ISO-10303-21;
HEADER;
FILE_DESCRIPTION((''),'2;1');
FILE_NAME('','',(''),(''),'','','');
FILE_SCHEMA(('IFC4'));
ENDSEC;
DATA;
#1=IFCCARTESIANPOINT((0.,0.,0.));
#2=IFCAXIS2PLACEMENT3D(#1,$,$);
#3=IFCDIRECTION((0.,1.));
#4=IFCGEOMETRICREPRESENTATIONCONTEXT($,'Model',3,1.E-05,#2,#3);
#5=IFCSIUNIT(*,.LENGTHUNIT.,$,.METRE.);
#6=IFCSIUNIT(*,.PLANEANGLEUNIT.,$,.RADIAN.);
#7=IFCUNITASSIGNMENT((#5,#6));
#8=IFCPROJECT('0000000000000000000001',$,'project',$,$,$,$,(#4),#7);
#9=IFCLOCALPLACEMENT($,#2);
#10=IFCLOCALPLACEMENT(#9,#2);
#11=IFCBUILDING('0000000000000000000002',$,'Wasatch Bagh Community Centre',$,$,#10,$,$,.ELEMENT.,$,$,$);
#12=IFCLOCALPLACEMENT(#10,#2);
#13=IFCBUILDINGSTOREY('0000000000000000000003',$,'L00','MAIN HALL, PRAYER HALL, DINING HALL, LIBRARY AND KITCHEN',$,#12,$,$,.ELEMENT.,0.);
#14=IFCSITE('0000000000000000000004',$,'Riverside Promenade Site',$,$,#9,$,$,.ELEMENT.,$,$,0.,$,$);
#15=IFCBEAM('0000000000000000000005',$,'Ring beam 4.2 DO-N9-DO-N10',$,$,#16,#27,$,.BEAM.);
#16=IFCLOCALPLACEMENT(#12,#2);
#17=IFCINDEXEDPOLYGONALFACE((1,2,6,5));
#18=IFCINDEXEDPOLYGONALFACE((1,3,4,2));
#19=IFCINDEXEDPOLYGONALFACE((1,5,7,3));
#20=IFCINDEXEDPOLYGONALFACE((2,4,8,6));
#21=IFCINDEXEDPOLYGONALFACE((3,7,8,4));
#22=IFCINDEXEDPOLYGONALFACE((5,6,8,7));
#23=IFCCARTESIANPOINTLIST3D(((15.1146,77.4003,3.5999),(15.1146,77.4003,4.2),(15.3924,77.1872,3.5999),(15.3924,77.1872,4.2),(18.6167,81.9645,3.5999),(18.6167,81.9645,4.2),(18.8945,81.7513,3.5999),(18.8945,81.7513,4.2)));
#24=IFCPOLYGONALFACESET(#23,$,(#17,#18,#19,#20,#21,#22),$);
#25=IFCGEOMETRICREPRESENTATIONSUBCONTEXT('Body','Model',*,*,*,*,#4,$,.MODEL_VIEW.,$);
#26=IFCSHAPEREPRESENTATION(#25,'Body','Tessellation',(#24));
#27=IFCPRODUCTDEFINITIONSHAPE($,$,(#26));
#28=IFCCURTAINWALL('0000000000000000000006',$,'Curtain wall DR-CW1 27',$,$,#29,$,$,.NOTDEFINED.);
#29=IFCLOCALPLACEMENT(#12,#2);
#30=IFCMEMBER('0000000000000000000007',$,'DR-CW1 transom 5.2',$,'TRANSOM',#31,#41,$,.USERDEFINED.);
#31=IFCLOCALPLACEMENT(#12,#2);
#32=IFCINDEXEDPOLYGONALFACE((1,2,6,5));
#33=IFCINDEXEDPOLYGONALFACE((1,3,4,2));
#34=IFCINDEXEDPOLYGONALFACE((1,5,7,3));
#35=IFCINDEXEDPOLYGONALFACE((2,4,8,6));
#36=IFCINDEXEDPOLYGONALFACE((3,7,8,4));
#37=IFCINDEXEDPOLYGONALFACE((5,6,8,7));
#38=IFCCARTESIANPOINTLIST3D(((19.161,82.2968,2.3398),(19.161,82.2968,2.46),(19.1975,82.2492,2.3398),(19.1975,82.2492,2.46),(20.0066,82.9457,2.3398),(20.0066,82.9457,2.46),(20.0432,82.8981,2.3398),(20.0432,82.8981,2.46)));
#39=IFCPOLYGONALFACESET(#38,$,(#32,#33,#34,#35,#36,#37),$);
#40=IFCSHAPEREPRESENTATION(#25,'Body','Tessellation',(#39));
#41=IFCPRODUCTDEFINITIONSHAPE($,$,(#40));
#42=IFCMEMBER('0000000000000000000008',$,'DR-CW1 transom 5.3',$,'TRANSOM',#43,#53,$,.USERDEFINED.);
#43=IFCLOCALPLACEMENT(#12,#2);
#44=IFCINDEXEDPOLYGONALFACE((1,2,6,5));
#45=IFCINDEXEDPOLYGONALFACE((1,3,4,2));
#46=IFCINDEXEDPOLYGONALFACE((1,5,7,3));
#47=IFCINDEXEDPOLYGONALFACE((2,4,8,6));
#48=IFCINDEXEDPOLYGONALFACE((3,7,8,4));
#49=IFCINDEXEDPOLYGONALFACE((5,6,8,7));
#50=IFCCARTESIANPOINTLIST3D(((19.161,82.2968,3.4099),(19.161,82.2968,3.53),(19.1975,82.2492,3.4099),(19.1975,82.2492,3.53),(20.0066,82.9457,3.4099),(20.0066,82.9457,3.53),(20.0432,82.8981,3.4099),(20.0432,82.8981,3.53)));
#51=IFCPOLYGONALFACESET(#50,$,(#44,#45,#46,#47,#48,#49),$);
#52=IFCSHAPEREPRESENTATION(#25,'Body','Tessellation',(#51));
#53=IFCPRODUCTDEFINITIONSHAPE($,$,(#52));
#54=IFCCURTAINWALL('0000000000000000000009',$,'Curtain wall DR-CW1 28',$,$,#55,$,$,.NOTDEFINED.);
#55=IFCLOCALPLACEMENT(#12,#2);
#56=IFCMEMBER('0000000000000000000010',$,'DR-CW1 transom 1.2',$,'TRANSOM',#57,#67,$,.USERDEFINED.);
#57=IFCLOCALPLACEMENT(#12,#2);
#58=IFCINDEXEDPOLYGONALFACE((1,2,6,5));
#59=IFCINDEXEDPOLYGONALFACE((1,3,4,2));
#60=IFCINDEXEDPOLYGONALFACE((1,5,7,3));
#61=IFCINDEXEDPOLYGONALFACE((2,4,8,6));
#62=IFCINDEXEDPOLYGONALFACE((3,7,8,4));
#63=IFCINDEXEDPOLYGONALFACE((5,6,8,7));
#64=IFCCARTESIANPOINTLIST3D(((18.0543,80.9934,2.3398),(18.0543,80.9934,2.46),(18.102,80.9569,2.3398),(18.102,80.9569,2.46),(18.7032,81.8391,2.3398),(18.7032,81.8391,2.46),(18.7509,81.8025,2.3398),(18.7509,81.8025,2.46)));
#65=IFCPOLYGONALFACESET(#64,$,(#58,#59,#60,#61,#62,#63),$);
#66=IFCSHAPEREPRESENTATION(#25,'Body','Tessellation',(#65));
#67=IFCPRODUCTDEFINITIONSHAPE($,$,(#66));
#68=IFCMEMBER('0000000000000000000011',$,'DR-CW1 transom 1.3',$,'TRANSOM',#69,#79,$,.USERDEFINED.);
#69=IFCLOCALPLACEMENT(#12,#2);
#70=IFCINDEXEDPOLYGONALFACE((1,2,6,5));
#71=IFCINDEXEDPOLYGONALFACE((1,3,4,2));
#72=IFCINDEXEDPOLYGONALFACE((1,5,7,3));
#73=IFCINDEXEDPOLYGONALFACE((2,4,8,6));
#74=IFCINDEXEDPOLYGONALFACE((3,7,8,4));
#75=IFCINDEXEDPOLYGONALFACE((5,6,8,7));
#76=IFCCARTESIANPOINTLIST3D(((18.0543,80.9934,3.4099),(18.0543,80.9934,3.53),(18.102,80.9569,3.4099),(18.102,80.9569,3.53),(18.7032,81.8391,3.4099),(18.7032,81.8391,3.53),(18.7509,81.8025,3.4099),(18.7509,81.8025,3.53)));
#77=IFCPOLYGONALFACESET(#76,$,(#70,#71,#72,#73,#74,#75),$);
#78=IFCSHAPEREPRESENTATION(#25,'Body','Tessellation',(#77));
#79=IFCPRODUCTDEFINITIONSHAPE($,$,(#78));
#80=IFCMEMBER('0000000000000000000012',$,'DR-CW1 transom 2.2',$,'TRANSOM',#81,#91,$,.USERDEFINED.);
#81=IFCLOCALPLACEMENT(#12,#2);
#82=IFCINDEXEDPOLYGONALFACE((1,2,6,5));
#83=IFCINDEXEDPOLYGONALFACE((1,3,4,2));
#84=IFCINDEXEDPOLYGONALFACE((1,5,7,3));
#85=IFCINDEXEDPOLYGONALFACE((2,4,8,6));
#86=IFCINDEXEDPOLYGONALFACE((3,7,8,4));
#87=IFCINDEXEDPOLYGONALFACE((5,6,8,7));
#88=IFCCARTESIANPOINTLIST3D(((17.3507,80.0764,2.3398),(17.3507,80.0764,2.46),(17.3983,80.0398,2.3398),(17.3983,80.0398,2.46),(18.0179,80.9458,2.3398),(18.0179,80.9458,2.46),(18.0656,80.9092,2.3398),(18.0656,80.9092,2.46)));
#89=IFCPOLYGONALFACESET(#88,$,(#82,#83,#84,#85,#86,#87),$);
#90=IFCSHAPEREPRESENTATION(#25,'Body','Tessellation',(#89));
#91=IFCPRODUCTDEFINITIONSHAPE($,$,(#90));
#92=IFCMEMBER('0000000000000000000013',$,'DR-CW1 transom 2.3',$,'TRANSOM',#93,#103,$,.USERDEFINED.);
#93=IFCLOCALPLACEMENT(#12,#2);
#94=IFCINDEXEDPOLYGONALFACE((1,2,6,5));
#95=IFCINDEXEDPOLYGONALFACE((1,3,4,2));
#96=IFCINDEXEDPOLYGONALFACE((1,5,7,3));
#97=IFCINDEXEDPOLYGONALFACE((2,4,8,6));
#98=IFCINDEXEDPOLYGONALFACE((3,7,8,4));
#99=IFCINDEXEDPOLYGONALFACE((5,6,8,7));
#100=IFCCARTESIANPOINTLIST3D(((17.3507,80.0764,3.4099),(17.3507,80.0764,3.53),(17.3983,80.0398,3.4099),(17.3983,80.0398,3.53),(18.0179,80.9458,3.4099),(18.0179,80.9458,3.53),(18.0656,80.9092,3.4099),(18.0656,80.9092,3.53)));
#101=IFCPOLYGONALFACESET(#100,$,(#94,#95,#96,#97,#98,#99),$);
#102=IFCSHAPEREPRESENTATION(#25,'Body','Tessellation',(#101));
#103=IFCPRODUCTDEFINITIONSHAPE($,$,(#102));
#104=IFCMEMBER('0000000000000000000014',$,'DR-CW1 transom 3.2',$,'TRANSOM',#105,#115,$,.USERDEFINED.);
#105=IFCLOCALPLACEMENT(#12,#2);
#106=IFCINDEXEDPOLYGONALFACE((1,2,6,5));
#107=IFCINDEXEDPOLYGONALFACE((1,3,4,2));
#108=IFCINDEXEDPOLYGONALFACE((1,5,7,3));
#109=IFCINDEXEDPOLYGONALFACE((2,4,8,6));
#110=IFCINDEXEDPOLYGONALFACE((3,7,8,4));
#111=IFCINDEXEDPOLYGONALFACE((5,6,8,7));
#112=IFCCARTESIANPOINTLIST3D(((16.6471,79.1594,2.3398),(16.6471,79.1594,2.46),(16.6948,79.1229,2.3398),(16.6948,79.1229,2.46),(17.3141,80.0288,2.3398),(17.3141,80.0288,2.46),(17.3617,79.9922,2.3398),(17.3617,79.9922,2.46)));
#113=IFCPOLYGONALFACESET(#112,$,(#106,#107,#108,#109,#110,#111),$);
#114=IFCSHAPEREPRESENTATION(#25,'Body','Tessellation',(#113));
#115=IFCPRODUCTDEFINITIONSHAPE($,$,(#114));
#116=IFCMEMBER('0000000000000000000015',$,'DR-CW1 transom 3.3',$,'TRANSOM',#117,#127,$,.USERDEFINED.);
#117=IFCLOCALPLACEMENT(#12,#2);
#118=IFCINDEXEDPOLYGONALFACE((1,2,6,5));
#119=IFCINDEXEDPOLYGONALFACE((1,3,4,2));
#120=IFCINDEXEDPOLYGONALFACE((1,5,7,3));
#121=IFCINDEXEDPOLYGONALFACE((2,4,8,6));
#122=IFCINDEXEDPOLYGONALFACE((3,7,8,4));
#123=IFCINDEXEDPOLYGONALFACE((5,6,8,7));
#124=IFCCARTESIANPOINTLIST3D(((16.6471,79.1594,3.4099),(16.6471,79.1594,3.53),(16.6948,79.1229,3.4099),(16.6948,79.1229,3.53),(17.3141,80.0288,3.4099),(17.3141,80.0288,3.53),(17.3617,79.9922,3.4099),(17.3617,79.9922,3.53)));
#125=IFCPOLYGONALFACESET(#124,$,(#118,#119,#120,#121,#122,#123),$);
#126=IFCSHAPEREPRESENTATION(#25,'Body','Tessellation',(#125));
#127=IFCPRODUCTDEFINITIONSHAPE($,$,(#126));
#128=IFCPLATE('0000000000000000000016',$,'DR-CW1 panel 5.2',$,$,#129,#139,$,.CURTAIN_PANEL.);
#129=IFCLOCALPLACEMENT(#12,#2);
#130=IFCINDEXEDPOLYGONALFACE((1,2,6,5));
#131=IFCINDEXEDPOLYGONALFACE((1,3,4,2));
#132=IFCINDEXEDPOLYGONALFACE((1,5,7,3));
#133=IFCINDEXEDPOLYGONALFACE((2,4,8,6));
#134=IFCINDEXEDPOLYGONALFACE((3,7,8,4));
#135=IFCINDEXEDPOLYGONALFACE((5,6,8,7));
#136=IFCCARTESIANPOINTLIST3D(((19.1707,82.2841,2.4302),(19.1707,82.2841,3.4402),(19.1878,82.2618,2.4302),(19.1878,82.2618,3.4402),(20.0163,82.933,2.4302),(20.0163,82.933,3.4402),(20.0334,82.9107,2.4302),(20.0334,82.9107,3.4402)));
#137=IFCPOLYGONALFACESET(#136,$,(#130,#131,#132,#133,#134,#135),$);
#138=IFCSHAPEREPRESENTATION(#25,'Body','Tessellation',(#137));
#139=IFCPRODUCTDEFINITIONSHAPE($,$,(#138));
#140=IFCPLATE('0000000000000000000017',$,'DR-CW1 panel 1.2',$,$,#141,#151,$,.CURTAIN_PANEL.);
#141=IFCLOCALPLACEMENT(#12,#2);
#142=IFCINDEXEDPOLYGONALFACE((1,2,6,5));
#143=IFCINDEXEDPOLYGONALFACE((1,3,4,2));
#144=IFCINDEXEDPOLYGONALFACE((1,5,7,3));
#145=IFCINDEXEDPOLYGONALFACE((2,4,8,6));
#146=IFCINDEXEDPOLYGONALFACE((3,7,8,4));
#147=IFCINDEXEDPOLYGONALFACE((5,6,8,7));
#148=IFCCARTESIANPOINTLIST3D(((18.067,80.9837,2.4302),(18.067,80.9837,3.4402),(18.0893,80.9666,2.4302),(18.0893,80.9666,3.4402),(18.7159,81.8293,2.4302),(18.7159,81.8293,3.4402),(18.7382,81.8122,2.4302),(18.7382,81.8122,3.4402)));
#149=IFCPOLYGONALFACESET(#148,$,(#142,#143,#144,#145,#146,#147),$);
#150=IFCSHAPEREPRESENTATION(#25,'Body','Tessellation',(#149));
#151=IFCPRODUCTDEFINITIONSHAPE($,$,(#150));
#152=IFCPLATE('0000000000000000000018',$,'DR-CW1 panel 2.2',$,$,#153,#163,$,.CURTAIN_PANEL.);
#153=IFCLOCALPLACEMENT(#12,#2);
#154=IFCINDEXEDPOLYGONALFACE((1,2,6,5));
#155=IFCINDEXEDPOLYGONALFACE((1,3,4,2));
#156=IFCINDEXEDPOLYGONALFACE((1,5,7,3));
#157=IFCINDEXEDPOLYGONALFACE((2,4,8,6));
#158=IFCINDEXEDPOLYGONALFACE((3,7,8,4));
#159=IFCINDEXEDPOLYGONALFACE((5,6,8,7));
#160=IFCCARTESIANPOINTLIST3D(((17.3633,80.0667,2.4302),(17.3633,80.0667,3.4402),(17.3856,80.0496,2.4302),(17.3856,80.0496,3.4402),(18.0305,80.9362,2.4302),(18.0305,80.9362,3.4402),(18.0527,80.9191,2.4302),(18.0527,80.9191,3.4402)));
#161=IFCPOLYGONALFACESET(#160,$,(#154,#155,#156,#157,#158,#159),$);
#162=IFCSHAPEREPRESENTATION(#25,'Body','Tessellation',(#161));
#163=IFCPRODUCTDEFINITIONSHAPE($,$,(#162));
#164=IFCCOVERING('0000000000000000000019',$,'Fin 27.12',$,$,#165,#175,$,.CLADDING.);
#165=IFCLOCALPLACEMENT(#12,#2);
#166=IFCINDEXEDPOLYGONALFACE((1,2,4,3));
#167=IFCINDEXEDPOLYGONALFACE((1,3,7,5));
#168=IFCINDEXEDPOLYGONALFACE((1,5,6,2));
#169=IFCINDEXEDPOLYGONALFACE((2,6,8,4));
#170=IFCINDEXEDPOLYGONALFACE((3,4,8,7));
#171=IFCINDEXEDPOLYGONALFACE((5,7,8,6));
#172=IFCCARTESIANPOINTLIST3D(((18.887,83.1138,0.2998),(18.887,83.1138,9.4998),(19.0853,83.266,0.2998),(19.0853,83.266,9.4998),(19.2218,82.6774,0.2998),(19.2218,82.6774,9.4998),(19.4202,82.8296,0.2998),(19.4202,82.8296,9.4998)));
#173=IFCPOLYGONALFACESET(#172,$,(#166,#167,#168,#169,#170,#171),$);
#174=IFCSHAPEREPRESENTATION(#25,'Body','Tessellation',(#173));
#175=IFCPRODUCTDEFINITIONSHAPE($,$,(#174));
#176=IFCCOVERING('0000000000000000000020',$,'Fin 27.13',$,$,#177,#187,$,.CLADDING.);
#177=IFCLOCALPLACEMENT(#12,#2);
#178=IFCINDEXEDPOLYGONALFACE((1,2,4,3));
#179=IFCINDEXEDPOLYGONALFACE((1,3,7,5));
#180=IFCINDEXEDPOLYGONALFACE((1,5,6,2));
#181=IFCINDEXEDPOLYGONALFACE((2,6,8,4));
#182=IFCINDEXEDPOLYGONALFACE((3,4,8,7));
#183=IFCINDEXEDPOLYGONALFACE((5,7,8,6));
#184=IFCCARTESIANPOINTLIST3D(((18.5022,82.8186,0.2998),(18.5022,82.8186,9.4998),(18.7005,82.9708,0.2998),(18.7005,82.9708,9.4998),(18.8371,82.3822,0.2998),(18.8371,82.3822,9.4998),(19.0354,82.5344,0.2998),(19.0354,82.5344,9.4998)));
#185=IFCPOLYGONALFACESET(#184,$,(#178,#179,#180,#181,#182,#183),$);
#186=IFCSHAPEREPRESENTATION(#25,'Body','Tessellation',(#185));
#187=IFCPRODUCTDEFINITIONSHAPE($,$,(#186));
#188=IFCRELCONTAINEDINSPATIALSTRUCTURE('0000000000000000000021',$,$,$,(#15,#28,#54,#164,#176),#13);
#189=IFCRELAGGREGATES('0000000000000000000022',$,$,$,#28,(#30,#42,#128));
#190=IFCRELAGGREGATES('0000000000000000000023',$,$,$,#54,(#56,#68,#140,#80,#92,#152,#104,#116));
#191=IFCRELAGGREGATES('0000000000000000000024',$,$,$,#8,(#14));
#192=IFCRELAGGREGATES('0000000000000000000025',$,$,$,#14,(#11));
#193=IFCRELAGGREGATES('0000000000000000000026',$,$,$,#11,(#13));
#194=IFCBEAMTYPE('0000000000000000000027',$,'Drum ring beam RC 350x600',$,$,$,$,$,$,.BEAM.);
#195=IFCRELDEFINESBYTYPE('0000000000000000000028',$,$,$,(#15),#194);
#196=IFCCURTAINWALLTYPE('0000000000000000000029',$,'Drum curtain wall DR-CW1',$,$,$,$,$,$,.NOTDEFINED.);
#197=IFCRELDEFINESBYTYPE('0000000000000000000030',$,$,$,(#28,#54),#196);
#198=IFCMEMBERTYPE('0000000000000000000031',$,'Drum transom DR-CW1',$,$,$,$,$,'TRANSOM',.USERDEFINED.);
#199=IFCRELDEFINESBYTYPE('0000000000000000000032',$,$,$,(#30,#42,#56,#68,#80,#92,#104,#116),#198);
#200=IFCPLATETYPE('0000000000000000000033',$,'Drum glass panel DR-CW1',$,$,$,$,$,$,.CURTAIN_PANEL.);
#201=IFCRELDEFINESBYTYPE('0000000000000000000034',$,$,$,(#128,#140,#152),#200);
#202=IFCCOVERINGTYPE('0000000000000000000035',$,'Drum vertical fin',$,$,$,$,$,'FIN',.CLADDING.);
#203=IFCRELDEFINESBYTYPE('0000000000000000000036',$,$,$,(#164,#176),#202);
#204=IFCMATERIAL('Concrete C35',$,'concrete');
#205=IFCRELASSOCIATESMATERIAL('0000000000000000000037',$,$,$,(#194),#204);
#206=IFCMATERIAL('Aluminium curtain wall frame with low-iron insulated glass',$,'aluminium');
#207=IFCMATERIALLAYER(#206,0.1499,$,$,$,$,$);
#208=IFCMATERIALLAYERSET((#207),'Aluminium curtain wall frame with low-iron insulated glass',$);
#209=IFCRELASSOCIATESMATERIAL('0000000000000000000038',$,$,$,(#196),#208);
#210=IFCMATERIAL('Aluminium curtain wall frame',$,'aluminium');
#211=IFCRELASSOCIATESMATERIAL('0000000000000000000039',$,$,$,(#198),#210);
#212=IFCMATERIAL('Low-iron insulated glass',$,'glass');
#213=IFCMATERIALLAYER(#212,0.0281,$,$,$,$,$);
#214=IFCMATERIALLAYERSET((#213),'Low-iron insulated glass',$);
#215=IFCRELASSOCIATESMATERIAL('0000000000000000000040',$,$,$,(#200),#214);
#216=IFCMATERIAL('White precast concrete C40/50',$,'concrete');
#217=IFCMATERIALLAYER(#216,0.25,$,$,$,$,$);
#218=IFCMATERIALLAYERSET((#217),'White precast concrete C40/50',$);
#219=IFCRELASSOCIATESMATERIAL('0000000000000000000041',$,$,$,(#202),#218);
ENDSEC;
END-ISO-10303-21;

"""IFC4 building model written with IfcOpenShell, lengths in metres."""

from ifc_helpers import new_model, si_unit, direction, frame, origin, origin_2d, place, context, subcontext, project, spatial, rectangle, extrude, material, layer, layer_set, material_profile, profile_set, type_object, element, aggregate, save


model = new_model("IFC4")

# Units and contexts
model_context = context("Model", 3, precision=1e-05, world=origin(), true_north=direction((0.0, 1.0)))
body_context = subcontext(model_context, "Body", "Model", "MODEL_VIEW")
ifc_project = project(units=[si_unit("LENGTHUNIT", "METRE"), si_unit("PLANEANGLEUNIT", "RADIAN")], contexts=[model_context])

# Site, building, storey
site_placement = place(None, origin())
site = spatial("IfcSite", under=ifc_project, at=site_placement, Name="Riverside Promenade Site", CompositionType="ELEMENT", RefElevation=0.0)
building_placement = place(site_placement, origin())
building = spatial("IfcBuilding", under=site, at=building_placement, Name="Wasatch Bagh Community Centre", CompositionType="ELEMENT")
storey_placement = place(building_placement, origin())
storey = spatial("IfcBuildingStorey", under=building, at=storey_placement, Name="L00", Description="MAIN HALL, PRAYER HALL, DINING HALL, LIBRARY AND KITCHEN", CompositionType="ELEMENT", Elevation=0.0)

# Beam
ifc_material_1 = material(Name="Concrete C35", Category="concrete")
ifc_material_profile_1 = material_profile(ifc_material_1, rectangle(XDim=0.3501, YDim=0.6001, at=origin_2d()), Name="RC 350x600")
ifc_profile_set_1 = profile_set([ifc_material_profile_1], Name="Concrete C35")
beam_type = type_object("IfcBeamType", Name="Drum ring beam RC 350x600", PredefinedType="BEAM", material=ifc_profile_set_1)
beam_placement = place(storey_placement, frame((18.7556, 81.8579, 3.8999), z_axis=(-0.608757, -0.793357, 0.0), x_axis=(0.793357, -0.608757, 0.0)))
element("IfcBeam", 1, at=beam_placement, inside=storey, type_object=beam_type, Name="Ring beam 4.2 DO-N9-DO-N10", PredefinedType="BEAM", context=body_context, shape_type="SweptSolid", body=[
    extrude(rectangle(XDim=0.3501, YDim=0.6001, at=origin_2d()), origin(), (0.0, 0.0, 1.0), 5.7529),
])

# Curtain walls, members
ifc_material_2 = material(Name="Aluminium curtain wall frame with low-iron insulated glass", Category="aluminium")
ifc_layer_1 = layer(ifc_material_2, 0.1499)
ifc_layer_set_1 = layer_set([ifc_layer_1], Name="Aluminium curtain wall frame with low-iron insulated glass")
curtain_wall_type = type_object("IfcCurtainWallType", Name="Drum curtain wall DR-CW1", PredefinedType="NOTDEFINED", material=ifc_layer_set_1)
curtain_wall_1_placement = place(storey_placement, origin())
curtain_wall_1 = element("IfcCurtainWall", 2, at=curtain_wall_1_placement, inside=storey, type_object=curtain_wall_type, Name="Curtain wall DR-CW1 27", PredefinedType="NOTDEFINED")
ifc_material_3 = material(Name="Aluminium curtain wall frame", Category="aluminium")
ifc_material_profile_2 = material_profile(ifc_material_3, rectangle(XDim=0.0601, YDim=0.1201, at=origin_2d()), Name="Drum transom DR-CW1")
ifc_profile_set_2 = profile_set([ifc_material_profile_2], Name="Aluminium curtain wall frame")
member_type = type_object("IfcMemberType", Name="Drum transom DR-CW1", ElementType="TRANSOM", PredefinedType="USERDEFINED", material=ifc_profile_set_2)
member_1_placement = place(storey_placement, frame((20.0249, 82.9219, 2.3999), z_axis=(-0.793356, -0.608758, 0.0), x_axis=(0.608758, -0.793356, 0.0)))
member_1 = element("IfcMember", 3, at=member_1_placement, type_object=member_type, Name="DR-CW1 transom 5.2", ObjectType="TRANSOM", PredefinedType="USERDEFINED", context=body_context, shape_type="SweptSolid", body=[
    extrude(rectangle(XDim=0.0601, YDim=0.1201, at=origin_2d()), origin(), (0.0, 0.0, 1.0), 1.0659),
])
member_2_placement = place(storey_placement, frame((20.0249, 82.9219, 3.47), z_axis=(-0.793356, -0.608758, 0.0), x_axis=(0.608758, -0.793356, 0.0)))
member_2 = element("IfcMember", 4, at=member_2_placement, type_object=member_type, Name="DR-CW1 transom 5.3", ObjectType="TRANSOM", PredefinedType="USERDEFINED", context=body_context, shape_type="SweptSolid", body=[
    extrude(rectangle(XDim=0.0601, YDim=0.1201, at=origin_2d()), origin(), (0.0, 0.0, 1.0), 1.0659),
])
curtain_wall_2_placement = place(storey_placement, origin())
curtain_wall_2 = element("IfcCurtainWall", 5, at=curtain_wall_2_placement, inside=storey, type_object=curtain_wall_type, Name="Curtain wall DR-CW1 28", PredefinedType="NOTDEFINED")
member_3_placement = place(storey_placement, frame((18.7271, 81.8208, 2.3999), z_axis=(-0.608758, -0.793356, 0.0), x_axis=(0.793356, -0.608758, 0.0)))
member_3 = element("IfcMember", 6, at=member_3_placement, type_object=member_type, Name="DR-CW1 transom 1.2", ObjectType="TRANSOM", PredefinedType="USERDEFINED", context=body_context, shape_type="SweptSolid", body=[
    extrude(rectangle(XDim=0.0601, YDim=0.1201, at=origin_2d()), origin(), (0.0, 0.0, 1.0), 1.0659),
])
member_4_placement = place(storey_placement, frame((18.7271, 81.8208, 3.47), z_axis=(-0.608758, -0.793356, 0.0), x_axis=(0.793356, -0.608758, 0.0)))
member_4 = element("IfcMember", 7, at=member_4_placement, type_object=member_type, Name="DR-CW1 transom 1.3", ObjectType="TRANSOM", PredefinedType="USERDEFINED", context=body_context, shape_type="SweptSolid", body=[
    extrude(rectangle(XDim=0.0601, YDim=0.1201, at=origin_2d()), origin(), (0.0, 0.0, 1.0), 1.0659),
])
member_5_placement = place(storey_placement, frame((18.0417, 80.9275, 2.3999), z_axis=(-0.608838, -0.793294, 0.0), x_axis=(0.793294, -0.608838, 0.0)))
member_5 = element("IfcMember", 8, at=member_5_placement, type_object=member_type, Name="DR-CW1 transom 2.2", ObjectType="TRANSOM", PredefinedType="USERDEFINED", context=body_context, shape_type="SweptSolid", body=[
    extrude(rectangle(XDim=0.0601, YDim=0.1201, at=origin_2d()), origin(), (0.0, 0.0, 1.0), 1.0959),
])
member_6_placement = place(storey_placement, frame((18.0417, 80.9275, 3.47), z_axis=(-0.608838, -0.793294, 0.0), x_axis=(0.793294, -0.608838, 0.0)))
member_6 = element("IfcMember", 9, at=member_6_placement, type_object=member_type, Name="DR-CW1 transom 2.3", ObjectType="TRANSOM", PredefinedType="USERDEFINED", context=body_context, shape_type="SweptSolid", body=[
    extrude(rectangle(XDim=0.0601, YDim=0.1201, at=origin_2d()), origin(), (0.0, 0.0, 1.0), 1.0959),
])
member_7_placement = place(storey_placement, frame((17.3379, 80.0105, 2.3999), z_axis=(-0.608698, -0.793402, 0.0), x_axis=(0.793402, -0.608698, 0.0)))
member_7 = element("IfcMember", 10, at=member_7_placement, type_object=member_type, Name="DR-CW1 transom 3.2", ObjectType="TRANSOM", PredefinedType="USERDEFINED", context=body_context, shape_type="SweptSolid", body=[
    extrude(rectangle(XDim=0.0601, YDim=0.1201, at=origin_2d()), origin(), (0.0, 0.0, 1.0), 1.0957),
])
member_8_placement = place(storey_placement, frame((17.3379, 80.0105, 3.47), z_axis=(-0.608698, -0.793402, 0.0), x_axis=(0.793402, -0.608698, 0.0)))
member_8 = element("IfcMember", 11, at=member_8_placement, type_object=member_type, Name="DR-CW1 transom 3.3", ObjectType="TRANSOM", PredefinedType="USERDEFINED", context=body_context, shape_type="SweptSolid", body=[
    extrude(rectangle(XDim=0.0601, YDim=0.1201, at=origin_2d()), origin(), (0.0, 0.0, 1.0), 1.0957),
])

# Plates
ifc_material_4 = material(Name="Low-iron insulated glass", Category="glass")
ifc_layer_2 = layer(ifc_material_4, 0.0281)
ifc_layer_set_2 = layer_set([ifc_layer_2], Name="Low-iron insulated glass")
plate_type = type_object("IfcPlateType", Name="Drum glass panel DR-CW1", PredefinedType="CURTAIN_PANEL", material=ifc_layer_set_2)
plate_1_placement = place(storey_placement, frame((19.6021, 82.5974, 2.4302), z_axis=(0.0, 0.0, 1.0), x_axis=(-0.793353, -0.608761, 0.0)))
plate_1 = element("IfcPlate", 12, at=plate_1_placement, type_object=plate_type, Name="DR-CW1 panel 5.2", PredefinedType="CURTAIN_PANEL", context=body_context, shape_type="SweptSolid", body=[
    extrude(rectangle(XDim=1.0659, YDim=0.0281, at=origin_2d()), origin(), (0.0, 0.0, 1.0), 1.01),
])
aggregate(curtain_wall_1, [member_1, member_2, plate_1])
plate_2_placement = place(storey_placement, frame((18.4026, 81.3979, 2.4302), z_axis=(0.0, 0.0, 1.0), x_axis=(-0.608761, -0.793353, 0.0)))
plate_2 = element("IfcPlate", 13, at=plate_2_placement, type_object=plate_type, Name="DR-CW1 panel 1.2", PredefinedType="CURTAIN_PANEL", context=body_context, shape_type="SweptSolid", body=[
    extrude(rectangle(XDim=1.0659, YDim=0.0281, at=origin_2d()), origin(), (0.0, 0.0, 1.0), 1.01),
])
plate_3_placement = place(storey_placement, frame((17.708, 80.4929, 2.4302), z_axis=(0.0, 0.0, 1.0), x_axis=(-0.608761, -0.793353, 0.0)))
plate_3 = element("IfcPlate", 14, at=plate_3_placement, type_object=plate_type, Name="DR-CW1 panel 2.2", PredefinedType="CURTAIN_PANEL", context=body_context, shape_type="SweptSolid", body=[
    extrude(rectangle(XDim=1.0959, YDim=0.0281, at=origin_2d()), origin(), (0.0, 0.0, 1.0), 1.01),
])
aggregate(curtain_wall_2, [member_3, member_4, plate_2, member_5, member_6, plate_3, member_7, member_8])

# Coverings
ifc_material_5 = material(Name="White precast concrete C40/50", Category="concrete")
ifc_layer_3 = layer(ifc_material_5, 0.25)
ifc_layer_set_3 = layer_set([ifc_layer_3], Name="White precast concrete C40/50")
covering_type = type_object("IfcCoveringType", Name="Drum vertical fin", ElementType="FIN", PredefinedType="CLADDING", material=ifc_layer_set_3)
for number, where, z_axis, x_axis, name in (
    (15, (19.1536, 82.9717, 0.2998), (0.0, 0.0, 1.0), (-0.793353, -0.608761, 0.0), "Fin 27.12"),
    (16, (18.7688, 82.6765, 0.2998), (0.0, 0.0, 1.0), (-0.793353, -0.608761, 0.0), "Fin 27.13"),
):
    element("IfcCovering", number, at=place(storey_placement, frame(where, z_axis=z_axis, x_axis=x_axis)), inside=storey, type_object=covering_type, Name=name, PredefinedType="CLADDING", context=body_context, shape_type="SweptSolid", body=[
        extrude(rectangle(XDim=0.25, YDim=0.55, at=origin_2d()), origin(), (0.0, 0.0, 1.0), 9.2),
    ])

save(model, "model.ifc")
